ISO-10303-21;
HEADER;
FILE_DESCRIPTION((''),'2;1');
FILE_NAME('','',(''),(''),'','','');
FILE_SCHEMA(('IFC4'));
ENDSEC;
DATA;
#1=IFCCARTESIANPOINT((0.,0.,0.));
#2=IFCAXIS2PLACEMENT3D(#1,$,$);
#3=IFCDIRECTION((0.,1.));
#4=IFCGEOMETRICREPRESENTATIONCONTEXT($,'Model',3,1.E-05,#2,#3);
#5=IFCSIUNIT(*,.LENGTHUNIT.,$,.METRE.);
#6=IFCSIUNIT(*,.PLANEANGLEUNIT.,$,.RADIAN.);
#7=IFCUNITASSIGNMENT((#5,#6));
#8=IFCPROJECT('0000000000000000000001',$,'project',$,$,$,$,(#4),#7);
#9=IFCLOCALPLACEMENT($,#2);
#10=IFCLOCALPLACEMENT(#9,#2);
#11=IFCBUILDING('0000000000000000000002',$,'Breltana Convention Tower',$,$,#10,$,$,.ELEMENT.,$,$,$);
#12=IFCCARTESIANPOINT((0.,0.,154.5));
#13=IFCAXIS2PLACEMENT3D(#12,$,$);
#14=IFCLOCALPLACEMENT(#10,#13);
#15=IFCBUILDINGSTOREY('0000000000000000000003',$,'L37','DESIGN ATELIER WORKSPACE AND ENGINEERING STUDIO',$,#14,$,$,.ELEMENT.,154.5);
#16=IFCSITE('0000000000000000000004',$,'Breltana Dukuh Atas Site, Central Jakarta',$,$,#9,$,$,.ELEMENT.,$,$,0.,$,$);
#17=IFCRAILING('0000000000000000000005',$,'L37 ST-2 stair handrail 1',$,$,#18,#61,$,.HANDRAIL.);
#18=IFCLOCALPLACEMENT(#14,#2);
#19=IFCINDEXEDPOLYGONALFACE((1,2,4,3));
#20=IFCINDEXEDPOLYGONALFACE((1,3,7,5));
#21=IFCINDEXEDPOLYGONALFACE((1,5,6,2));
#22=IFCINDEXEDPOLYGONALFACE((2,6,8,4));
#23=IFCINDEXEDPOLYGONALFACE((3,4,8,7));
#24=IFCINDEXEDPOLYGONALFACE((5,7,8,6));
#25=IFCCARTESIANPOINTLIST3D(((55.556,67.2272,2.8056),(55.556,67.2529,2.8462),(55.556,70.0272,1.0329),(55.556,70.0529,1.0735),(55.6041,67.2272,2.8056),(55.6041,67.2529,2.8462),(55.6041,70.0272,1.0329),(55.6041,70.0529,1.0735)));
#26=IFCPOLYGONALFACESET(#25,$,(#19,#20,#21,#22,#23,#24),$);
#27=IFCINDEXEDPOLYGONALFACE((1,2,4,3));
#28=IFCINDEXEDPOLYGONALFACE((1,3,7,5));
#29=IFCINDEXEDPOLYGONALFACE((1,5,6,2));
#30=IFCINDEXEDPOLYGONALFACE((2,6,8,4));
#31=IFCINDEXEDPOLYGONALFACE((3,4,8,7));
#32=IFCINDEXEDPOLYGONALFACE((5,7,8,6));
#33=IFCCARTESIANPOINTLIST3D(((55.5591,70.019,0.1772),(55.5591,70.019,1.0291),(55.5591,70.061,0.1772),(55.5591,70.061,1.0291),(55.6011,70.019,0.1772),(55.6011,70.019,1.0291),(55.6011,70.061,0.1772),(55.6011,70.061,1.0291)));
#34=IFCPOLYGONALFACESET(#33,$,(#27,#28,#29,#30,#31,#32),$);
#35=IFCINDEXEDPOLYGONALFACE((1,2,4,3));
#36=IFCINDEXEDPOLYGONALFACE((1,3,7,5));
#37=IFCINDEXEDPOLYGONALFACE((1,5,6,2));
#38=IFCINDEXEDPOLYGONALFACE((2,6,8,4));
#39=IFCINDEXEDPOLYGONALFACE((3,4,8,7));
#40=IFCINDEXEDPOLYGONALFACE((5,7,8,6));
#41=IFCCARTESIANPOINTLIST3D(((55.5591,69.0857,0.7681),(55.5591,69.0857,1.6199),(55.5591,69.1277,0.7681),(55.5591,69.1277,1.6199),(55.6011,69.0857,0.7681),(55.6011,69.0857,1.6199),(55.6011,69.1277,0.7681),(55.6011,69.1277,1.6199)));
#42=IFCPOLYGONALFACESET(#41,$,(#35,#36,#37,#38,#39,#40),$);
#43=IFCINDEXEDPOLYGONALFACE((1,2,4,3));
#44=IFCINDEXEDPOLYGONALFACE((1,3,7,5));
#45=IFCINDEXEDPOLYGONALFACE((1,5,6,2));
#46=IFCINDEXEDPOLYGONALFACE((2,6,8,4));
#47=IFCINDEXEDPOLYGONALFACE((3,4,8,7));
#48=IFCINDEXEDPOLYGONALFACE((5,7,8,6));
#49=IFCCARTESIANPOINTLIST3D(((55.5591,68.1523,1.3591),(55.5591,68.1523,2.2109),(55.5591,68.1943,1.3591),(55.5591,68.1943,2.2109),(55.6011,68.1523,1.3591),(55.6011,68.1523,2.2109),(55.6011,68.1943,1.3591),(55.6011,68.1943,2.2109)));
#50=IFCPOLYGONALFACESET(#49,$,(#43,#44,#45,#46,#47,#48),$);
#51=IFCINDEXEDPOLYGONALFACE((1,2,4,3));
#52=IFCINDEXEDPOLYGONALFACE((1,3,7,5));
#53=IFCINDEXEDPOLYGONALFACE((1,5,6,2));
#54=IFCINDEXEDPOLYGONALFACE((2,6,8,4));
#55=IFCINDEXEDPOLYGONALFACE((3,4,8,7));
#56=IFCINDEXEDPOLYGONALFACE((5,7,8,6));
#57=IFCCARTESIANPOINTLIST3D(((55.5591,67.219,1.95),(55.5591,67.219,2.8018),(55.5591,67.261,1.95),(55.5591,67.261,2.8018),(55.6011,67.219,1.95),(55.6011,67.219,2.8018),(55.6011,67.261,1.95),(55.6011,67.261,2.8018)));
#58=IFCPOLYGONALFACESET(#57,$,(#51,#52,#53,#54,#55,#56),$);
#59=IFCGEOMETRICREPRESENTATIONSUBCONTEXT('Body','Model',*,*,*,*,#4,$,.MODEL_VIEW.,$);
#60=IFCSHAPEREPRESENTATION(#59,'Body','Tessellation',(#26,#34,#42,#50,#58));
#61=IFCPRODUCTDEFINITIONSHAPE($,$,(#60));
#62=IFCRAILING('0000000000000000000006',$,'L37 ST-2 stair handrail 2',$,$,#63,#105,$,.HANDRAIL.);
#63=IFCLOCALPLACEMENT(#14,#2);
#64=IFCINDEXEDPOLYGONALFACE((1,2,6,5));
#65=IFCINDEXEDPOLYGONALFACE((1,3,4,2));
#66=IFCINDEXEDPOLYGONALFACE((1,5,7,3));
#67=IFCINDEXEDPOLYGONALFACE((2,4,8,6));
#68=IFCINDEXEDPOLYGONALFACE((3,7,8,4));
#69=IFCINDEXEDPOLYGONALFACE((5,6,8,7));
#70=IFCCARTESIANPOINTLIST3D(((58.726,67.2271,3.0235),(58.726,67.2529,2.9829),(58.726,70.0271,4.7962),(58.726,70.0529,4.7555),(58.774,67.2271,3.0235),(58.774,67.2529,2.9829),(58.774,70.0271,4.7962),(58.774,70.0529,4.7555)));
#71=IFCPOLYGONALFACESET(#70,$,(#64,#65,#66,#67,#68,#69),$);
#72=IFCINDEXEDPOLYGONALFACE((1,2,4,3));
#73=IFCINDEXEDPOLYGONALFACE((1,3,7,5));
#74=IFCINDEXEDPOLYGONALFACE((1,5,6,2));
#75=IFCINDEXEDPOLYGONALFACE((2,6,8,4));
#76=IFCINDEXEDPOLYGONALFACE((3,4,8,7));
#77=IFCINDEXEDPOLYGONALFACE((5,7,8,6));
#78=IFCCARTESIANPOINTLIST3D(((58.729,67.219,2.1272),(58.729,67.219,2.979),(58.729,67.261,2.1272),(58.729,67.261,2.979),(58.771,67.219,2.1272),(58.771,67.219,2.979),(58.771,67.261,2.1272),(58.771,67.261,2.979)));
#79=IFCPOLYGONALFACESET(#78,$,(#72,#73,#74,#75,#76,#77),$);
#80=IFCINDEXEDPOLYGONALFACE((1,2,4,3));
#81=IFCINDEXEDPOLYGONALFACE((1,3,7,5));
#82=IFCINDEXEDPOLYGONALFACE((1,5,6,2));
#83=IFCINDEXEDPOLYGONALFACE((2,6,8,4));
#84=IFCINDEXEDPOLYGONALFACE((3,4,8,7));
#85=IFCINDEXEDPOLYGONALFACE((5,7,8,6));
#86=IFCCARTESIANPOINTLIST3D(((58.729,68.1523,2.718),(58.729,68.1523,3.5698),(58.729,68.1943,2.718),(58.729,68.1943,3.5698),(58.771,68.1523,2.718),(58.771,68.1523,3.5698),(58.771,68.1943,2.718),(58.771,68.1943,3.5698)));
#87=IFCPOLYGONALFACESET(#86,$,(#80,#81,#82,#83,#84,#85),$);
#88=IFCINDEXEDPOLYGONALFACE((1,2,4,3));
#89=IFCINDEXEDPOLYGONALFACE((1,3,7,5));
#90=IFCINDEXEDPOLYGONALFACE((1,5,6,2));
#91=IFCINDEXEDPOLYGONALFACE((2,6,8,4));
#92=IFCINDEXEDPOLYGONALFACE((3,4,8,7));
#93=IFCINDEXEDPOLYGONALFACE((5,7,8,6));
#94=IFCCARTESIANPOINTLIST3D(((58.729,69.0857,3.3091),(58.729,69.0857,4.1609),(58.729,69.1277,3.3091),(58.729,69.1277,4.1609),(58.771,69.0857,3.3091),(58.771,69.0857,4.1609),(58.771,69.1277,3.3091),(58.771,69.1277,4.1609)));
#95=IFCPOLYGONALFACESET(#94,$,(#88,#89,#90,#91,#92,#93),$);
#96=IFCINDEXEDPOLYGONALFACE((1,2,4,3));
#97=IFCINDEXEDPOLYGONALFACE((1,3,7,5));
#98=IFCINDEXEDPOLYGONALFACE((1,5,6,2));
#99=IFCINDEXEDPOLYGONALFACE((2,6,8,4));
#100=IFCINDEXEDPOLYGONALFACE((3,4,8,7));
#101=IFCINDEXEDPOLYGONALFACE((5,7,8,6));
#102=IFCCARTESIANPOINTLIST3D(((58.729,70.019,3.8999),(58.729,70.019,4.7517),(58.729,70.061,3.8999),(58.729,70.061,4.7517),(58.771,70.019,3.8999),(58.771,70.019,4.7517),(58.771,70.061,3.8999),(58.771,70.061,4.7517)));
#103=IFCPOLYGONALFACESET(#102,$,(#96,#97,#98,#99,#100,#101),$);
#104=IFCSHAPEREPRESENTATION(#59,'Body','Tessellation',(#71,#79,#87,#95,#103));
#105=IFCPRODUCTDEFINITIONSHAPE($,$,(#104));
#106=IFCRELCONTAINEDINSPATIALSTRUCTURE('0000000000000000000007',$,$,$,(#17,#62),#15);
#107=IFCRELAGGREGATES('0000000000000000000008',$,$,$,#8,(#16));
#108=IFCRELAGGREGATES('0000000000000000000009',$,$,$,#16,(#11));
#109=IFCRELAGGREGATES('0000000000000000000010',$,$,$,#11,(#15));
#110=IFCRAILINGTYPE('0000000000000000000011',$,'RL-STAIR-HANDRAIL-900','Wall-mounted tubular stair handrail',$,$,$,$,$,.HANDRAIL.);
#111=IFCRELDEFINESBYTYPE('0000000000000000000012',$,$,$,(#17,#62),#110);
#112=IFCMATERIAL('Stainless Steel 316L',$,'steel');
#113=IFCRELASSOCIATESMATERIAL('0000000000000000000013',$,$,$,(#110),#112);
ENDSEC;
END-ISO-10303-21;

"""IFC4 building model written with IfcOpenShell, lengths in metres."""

from ifc_helpers import new_model, si_unit, direction, frame, origin, origin_2d, place, context, subcontext, project, spatial, rectangle, extrude, material, type_object, element, save


model = new_model("IFC4")

# Units and contexts
model_context = context("Model", 3, precision=1e-05, world=origin(), true_north=direction((0.0, 1.0)))
body_context = subcontext(model_context, "Body", "Model", "MODEL_VIEW")
ifc_project = project(units=[si_unit("LENGTHUNIT", "METRE"), si_unit("PLANEANGLEUNIT", "RADIAN")], contexts=[model_context])

# Site, building, storey
site_placement = place(None, origin())
site = spatial("IfcSite", under=ifc_project, at=site_placement, Name="Breltana Dukuh Atas Site, Central Jakarta", CompositionType="ELEMENT", RefElevation=0.0)
building_placement = place(site_placement, origin())
building = spatial("IfcBuilding", under=site, at=building_placement, Name="Breltana Convention Tower", CompositionType="ELEMENT")
storey_placement = place(building_placement, frame((0.0, 0.0, 154.5)))
storey = spatial("IfcBuildingStorey", under=building, at=storey_placement, Name="L37", Description="DESIGN ATELIER WORKSPACE AND ENGINEERING STUDIO", CompositionType="ELEMENT", Elevation=154.5)

# Railings
ifc_material_1 = material(Name="Stainless Steel 316L", Category="steel")
railing_type_1 = type_object("IfcRailingType", Name="RL-STAIR-HANDRAIL-900", Description="Wall-mounted tubular stair handrail", PredefinedType="HANDRAIL", material=ifc_material_1)
railing_1_placement = place(storey_placement, frame((55.5801, 70.04, 0.1772)))
element("IfcRailing", 1, at=railing_1_placement, inside=storey, type_object=railing_type_1, Name="L37 ST-2 stair handrail 1", PredefinedType="HANDRAIL", context=body_context, shape_type="SweptSolid", body=[
    extrude(rectangle(XDim=0.0481, YDim=0.0481, at=origin_2d()), frame((0.0, 0.0, 0.876), z_axis=(0.0, -0.844909, 0.53491), x_axis=(1.0, 0.0, 0.0)), (0.0, 0.0, 1.0), 3.314),
    extrude(rectangle(XDim=0.042, YDim=0.042, at=origin_2d()), origin(), (0.0, 0.0, 1.0), 0.8518),
    extrude(rectangle(XDim=0.042, YDim=0.042, at=origin_2d()), frame((0.0, -0.9333, 0.5908)), (0.0, 0.0, 1.0), 0.8518),
    extrude(rectangle(XDim=0.042, YDim=0.042, at=origin_2d()), frame((0.0, -1.8667, 1.1819)), (0.0, 0.0, 1.0), 0.8518),
    extrude(rectangle(XDim=0.042, YDim=0.042, at=origin_2d()), frame((0.0, -2.8, 1.7727)), (0.0, 0.0, 1.0), 0.8518),
])
railing_2_placement = place(storey_placement, frame((58.75, 67.24, 2.1272)))
element("IfcRailing", 2, at=railing_2_placement, inside=storey, type_object=railing_type_1, Name="L37 ST-2 stair handrail 2", PredefinedType="HANDRAIL", context=body_context, shape_type="SweptSolid", body=[
    extrude(rectangle(XDim=0.0481, YDim=0.0481, at=origin_2d()), frame((0.0, 0.0, 0.876), z_axis=(0.0, 0.844909, 0.53491), x_axis=(-1.0, 0.0, 0.0)), (0.0, 0.0, 1.0), 3.314),
    extrude(rectangle(XDim=0.042, YDim=0.042, at=origin_2d()), origin(), (0.0, 0.0, 1.0), 0.8518),
    extrude(rectangle(XDim=0.042, YDim=0.042, at=origin_2d()), frame((0.0, 0.9333, 0.5908)), (0.0, 0.0, 1.0), 0.8518),
    extrude(rectangle(XDim=0.042, YDim=0.042, at=origin_2d()), frame((0.0, 1.8667, 1.1819)), (0.0, 0.0, 1.0), 0.8518),
    extrude(rectangle(XDim=0.042, YDim=0.042, at=origin_2d()), frame((0.0, 2.8, 1.7727)), (0.0, 0.0, 1.0), 0.8518),
])

save(model, "model.ifc")
